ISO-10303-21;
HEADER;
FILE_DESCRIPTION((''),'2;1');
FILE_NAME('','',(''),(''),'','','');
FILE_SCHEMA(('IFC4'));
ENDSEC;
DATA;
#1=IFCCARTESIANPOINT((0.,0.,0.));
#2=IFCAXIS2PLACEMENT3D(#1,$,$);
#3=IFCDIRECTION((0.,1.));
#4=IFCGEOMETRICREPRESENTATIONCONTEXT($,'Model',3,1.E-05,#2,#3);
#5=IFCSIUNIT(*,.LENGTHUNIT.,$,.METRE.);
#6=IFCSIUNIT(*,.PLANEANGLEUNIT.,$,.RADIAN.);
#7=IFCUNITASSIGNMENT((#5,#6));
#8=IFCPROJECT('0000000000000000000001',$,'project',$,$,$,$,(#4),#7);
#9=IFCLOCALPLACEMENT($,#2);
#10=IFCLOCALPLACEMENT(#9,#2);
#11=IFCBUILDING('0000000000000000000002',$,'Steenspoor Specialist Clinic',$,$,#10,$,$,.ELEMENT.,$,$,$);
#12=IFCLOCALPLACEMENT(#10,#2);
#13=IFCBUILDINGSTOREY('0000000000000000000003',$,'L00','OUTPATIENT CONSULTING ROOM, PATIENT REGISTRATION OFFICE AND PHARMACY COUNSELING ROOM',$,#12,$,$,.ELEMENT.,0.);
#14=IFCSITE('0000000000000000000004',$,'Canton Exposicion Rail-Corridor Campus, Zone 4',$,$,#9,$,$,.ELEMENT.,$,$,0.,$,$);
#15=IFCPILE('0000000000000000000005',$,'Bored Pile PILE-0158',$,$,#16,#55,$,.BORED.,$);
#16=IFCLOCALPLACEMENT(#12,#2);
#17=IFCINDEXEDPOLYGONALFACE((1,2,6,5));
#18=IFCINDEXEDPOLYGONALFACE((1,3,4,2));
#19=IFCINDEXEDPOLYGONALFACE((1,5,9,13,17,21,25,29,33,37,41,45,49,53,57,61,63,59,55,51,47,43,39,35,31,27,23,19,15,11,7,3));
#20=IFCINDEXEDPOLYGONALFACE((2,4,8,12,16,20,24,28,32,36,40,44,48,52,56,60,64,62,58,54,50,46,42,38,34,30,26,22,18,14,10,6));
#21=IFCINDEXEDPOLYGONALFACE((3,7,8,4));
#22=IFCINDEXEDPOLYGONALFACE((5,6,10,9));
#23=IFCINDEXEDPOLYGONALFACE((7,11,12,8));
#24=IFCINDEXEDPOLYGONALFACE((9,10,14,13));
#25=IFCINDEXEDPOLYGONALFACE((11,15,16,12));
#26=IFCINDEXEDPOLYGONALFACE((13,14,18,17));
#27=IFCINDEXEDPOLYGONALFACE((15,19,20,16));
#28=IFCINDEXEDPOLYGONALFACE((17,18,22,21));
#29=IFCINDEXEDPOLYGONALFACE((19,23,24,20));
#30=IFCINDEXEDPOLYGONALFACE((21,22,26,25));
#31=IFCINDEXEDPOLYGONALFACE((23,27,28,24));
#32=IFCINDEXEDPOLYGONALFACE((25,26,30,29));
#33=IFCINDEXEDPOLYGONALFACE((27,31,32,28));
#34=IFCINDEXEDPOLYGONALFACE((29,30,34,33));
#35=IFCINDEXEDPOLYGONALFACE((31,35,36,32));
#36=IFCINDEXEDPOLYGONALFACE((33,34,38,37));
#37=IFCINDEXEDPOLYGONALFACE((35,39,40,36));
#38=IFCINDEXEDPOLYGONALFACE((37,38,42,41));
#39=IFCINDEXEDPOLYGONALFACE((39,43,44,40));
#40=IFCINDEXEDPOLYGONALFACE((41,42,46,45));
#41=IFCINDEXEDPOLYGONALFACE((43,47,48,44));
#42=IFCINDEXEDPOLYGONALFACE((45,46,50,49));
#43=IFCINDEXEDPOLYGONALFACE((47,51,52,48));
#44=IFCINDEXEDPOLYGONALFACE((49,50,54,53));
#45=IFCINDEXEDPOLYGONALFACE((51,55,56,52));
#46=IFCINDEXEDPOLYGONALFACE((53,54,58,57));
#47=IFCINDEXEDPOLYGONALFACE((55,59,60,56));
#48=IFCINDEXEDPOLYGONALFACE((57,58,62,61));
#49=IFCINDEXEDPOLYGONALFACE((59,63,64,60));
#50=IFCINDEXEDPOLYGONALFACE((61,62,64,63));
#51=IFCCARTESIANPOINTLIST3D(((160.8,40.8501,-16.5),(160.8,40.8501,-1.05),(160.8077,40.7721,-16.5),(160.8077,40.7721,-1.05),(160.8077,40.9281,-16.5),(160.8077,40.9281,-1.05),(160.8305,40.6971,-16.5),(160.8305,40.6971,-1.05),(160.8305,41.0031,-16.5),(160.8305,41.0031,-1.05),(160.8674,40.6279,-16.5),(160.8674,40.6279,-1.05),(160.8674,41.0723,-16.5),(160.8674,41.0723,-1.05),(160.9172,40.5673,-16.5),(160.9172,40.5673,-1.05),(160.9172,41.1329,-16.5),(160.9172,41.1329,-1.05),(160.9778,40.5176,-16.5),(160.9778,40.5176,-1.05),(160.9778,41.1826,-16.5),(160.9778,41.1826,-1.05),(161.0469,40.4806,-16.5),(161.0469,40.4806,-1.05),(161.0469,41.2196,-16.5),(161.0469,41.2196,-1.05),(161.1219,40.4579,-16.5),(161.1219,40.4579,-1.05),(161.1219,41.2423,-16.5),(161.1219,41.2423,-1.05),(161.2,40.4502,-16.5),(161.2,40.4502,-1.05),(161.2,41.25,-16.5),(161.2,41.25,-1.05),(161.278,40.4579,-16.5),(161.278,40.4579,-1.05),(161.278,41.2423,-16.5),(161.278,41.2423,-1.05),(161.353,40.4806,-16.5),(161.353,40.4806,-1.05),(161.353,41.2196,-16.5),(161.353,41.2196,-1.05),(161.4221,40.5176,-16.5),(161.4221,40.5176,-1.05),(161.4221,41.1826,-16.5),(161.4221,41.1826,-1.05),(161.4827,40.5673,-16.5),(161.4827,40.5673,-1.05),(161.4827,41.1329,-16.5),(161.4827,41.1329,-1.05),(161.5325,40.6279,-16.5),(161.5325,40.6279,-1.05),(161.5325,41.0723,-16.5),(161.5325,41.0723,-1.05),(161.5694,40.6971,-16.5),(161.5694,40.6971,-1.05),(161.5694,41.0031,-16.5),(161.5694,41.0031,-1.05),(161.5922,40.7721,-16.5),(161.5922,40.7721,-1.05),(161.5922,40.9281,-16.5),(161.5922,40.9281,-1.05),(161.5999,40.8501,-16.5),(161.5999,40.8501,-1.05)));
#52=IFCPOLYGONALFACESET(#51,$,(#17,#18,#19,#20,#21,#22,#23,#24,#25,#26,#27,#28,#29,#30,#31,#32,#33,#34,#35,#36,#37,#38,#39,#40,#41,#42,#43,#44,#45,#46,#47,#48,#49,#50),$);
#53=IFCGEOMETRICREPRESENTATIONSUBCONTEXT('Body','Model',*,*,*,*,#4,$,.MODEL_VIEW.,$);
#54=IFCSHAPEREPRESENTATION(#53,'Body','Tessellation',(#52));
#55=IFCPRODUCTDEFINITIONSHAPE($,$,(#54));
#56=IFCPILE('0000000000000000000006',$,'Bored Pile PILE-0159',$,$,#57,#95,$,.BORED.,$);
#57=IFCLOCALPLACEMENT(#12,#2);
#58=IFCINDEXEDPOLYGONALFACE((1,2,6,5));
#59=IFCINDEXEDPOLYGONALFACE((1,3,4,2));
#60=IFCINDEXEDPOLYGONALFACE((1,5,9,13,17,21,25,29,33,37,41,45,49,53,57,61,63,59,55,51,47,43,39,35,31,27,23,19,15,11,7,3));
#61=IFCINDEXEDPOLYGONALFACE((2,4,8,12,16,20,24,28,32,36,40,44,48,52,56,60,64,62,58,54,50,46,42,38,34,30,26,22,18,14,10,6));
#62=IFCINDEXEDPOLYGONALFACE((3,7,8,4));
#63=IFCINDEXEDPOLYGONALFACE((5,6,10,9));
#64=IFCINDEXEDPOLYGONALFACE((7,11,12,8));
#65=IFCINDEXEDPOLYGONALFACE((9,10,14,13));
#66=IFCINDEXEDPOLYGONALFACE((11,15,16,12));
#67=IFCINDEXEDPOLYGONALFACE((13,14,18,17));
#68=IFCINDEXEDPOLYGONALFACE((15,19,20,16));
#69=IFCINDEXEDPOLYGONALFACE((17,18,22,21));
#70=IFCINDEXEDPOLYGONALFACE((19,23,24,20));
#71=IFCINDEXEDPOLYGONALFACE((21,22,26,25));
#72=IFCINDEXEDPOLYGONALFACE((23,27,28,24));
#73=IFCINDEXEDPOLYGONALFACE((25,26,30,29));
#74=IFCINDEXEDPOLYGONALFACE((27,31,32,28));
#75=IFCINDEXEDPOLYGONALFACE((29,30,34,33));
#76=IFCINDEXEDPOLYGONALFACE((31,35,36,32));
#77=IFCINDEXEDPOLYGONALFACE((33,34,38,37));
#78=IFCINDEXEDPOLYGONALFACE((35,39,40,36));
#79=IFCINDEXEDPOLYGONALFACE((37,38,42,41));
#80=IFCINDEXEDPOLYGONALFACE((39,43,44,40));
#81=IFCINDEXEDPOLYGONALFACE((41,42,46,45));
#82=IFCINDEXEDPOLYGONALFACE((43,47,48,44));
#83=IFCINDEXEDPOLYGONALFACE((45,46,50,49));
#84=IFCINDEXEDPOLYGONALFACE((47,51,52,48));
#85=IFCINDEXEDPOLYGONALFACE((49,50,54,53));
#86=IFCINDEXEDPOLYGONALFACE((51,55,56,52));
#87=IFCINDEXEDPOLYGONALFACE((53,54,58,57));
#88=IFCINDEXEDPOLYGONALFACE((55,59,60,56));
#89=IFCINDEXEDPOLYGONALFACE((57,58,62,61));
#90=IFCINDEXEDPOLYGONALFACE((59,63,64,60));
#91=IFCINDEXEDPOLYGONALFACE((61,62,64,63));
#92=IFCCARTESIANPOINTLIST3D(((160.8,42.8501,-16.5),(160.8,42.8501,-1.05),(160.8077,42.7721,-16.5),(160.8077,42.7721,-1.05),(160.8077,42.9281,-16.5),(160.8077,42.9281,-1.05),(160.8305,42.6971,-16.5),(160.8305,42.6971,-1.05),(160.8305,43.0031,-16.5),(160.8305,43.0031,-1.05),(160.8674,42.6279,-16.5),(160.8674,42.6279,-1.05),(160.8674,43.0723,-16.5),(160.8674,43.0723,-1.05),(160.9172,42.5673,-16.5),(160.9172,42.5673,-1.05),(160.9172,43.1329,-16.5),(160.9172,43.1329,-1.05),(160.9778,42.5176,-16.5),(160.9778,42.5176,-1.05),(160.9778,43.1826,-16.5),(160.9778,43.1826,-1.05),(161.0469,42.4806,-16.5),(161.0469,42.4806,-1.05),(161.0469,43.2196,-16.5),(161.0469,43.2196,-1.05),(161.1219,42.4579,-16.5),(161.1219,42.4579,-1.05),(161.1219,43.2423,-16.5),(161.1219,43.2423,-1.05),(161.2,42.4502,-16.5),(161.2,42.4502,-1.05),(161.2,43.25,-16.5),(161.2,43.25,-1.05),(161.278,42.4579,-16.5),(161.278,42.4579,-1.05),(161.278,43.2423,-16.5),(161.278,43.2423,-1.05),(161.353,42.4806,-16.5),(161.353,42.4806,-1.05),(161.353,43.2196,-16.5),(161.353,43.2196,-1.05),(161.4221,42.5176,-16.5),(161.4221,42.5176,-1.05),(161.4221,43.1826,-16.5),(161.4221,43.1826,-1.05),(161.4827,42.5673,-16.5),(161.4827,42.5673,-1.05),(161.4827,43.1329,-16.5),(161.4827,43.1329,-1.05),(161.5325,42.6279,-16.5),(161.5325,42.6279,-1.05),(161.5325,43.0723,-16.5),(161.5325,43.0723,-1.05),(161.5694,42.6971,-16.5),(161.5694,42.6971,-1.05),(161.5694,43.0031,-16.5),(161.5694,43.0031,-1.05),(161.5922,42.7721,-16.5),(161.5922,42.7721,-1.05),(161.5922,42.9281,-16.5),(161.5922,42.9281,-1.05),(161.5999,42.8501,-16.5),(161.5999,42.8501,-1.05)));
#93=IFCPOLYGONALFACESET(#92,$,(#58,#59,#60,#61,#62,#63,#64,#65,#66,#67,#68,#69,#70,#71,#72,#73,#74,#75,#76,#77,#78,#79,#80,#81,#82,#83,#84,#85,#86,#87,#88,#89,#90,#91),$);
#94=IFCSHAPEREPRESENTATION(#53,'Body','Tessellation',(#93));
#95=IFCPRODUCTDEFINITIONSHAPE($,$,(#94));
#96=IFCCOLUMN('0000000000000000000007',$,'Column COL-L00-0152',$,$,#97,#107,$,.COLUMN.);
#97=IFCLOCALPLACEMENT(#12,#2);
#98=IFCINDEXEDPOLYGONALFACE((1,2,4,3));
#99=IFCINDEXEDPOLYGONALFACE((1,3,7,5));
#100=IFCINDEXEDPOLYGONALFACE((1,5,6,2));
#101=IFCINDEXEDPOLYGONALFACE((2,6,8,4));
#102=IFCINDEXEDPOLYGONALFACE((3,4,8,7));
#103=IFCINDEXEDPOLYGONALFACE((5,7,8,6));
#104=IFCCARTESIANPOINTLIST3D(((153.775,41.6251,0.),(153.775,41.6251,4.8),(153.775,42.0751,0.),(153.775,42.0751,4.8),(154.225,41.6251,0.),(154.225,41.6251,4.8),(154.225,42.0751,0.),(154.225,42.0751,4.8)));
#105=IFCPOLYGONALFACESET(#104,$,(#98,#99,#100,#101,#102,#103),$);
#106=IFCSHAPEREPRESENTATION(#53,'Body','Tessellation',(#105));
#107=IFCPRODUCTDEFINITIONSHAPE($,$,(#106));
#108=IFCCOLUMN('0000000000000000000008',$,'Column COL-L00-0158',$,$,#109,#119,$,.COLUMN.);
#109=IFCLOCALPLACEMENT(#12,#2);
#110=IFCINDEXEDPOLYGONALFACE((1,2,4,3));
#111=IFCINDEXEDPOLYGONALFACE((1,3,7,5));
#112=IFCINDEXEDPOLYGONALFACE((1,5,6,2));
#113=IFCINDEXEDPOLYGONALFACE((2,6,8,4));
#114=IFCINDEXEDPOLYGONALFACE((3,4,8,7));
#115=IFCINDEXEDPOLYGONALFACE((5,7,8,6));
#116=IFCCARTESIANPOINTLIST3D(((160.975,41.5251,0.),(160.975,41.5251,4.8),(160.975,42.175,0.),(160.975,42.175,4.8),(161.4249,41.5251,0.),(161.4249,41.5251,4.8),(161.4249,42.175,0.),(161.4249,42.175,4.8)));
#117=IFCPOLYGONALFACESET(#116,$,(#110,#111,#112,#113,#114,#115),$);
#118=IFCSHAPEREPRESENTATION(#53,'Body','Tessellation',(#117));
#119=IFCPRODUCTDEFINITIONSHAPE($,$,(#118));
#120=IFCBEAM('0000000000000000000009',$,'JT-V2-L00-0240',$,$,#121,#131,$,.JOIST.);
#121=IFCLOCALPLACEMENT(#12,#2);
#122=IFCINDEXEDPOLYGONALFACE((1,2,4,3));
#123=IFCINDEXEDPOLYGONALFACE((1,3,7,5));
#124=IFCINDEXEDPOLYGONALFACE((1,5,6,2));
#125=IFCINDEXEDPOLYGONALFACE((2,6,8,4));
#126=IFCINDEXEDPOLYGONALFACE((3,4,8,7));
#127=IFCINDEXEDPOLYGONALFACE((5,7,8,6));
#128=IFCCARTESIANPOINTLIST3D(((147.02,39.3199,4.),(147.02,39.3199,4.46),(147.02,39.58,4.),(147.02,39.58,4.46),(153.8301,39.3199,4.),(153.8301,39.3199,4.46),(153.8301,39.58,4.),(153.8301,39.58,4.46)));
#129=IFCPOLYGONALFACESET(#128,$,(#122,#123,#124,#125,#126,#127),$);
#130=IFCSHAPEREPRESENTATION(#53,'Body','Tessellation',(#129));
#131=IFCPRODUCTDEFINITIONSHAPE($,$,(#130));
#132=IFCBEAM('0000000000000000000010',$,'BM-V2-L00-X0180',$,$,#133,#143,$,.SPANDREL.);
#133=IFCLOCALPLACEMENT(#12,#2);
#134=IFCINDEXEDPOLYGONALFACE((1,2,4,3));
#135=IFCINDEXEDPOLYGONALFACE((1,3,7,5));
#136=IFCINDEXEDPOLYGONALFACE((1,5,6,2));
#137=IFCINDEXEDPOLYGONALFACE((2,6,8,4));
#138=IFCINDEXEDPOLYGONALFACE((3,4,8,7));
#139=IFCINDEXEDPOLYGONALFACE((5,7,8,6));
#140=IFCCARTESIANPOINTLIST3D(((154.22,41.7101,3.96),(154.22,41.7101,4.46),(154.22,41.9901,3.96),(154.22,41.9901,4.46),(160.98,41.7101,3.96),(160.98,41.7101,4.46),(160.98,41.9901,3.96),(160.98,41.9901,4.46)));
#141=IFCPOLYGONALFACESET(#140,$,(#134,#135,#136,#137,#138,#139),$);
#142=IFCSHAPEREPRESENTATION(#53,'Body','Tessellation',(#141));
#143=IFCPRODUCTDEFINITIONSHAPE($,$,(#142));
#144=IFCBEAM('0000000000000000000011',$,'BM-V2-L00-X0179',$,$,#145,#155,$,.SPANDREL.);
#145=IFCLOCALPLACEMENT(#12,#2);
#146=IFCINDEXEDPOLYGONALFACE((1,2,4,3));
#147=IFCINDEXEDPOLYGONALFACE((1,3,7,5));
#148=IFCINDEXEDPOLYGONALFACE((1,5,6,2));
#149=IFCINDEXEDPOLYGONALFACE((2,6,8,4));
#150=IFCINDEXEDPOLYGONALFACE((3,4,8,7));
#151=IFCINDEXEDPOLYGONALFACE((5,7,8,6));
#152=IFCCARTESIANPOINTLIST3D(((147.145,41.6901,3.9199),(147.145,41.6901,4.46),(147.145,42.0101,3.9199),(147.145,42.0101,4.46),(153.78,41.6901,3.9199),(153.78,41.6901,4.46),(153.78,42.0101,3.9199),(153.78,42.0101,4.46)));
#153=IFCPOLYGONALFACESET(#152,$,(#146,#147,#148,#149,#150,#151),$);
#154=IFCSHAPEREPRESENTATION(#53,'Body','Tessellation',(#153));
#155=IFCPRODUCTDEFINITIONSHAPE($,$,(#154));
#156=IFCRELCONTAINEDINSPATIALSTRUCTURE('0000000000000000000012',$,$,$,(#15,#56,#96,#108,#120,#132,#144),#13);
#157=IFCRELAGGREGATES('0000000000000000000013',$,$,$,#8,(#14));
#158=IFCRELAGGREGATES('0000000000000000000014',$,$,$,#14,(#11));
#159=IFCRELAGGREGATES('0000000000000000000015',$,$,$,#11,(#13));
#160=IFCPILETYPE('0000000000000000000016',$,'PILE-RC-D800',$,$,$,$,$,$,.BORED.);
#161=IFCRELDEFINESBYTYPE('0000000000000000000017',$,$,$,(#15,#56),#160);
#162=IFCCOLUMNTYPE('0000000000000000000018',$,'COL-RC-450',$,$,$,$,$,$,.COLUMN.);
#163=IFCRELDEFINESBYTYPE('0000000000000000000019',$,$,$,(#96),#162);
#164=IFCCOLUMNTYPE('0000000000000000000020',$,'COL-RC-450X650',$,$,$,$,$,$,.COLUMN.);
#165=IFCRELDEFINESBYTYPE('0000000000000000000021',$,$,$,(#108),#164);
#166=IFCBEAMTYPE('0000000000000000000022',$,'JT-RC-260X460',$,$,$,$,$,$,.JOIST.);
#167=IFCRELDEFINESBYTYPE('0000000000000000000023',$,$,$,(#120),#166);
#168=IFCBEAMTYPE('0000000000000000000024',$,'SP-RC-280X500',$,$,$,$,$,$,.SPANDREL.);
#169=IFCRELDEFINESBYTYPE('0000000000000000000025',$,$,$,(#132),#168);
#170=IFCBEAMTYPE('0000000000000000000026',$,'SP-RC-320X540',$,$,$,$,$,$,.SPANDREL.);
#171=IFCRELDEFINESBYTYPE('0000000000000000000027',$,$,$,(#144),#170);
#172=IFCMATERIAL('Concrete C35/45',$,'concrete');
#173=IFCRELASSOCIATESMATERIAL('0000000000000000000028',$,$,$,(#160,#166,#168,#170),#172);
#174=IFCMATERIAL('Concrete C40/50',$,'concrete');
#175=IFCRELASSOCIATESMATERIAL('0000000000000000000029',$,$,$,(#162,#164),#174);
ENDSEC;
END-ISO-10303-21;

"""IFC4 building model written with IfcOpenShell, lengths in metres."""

from ifc_helpers import new_model, si_unit, direction, frame, origin, origin_2d, place, context, subcontext, project, spatial, rectangle, circle, extrude, material, material_profile, profile_set, type_object, element, save


model = new_model("IFC4")

# Units and contexts
model_context = context("Model", 3, precision=1e-05, world=origin(), true_north=direction((0.0, 1.0)))
body_context = subcontext(model_context, "Body", "Model", "MODEL_VIEW")
ifc_project = project(units=[si_unit("LENGTHUNIT", "METRE"), si_unit("PLANEANGLEUNIT", "RADIAN")], contexts=[model_context])

# Site, building, storey
site_placement = place(None, origin())
site = spatial("IfcSite", under=ifc_project, at=site_placement, Name="Canton Exposicion Rail-Corridor Campus, Zone 4", CompositionType="ELEMENT", RefElevation=0.0)
building_placement = place(site_placement, origin())
building = spatial("IfcBuilding", under=site, at=building_placement, Name="Steenspoor Specialist Clinic", CompositionType="ELEMENT")
storey_placement = place(building_placement, origin())
storey = spatial("IfcBuildingStorey", under=building, at=storey_placement, Name="L00", Description="OUTPATIENT CONSULTING ROOM, PATIENT REGISTRATION OFFICE AND PHARMACY COUNSELING ROOM", CompositionType="ELEMENT", Elevation=0.0)

# Shared definitions
ifc_material_1 = material(Name="Concrete C35/45", Category="concrete")

# Piles
ifc_material_profile_1 = material_profile(ifc_material_1, circle(Radius=0.3999, at=origin_2d()), Name="PILE-D800")
ifc_profile_set_1 = profile_set([ifc_material_profile_1], Name="Concrete C35/45")
pile_type = type_object("IfcPileType", Name="PILE-RC-D800", PredefinedType="BORED", material=ifc_profile_set_1)
for number, where, z_axis, x_axis, name in (
    (1, (161.2, 40.8501, -1.05), (0.0, 0.0, -1.0), (1.0, 0.0, 0.0), "Bored Pile PILE-0158"),
    (2, (161.2, 42.8501, -1.05), (0.0, 0.0, -1.0), (1.0, 0.0, 0.0), "Bored Pile PILE-0159"),
):
    element("IfcPile", number, at=place(storey_placement, frame(where, z_axis=z_axis, x_axis=x_axis)), inside=storey, type_object=pile_type, Name=name, PredefinedType="BORED", context=body_context, shape_type="SweptSolid", body=[
        extrude(circle(Radius=0.3999, at=origin_2d()), origin(), (0.0, 0.0, 1.0), 15.45),
    ])

# Columns
ifc_material_2 = material(Name="Concrete C40/50", Category="concrete")
ifc_material_profile_2 = material_profile(ifc_material_2, rectangle(XDim=0.45, YDim=0.45, at=origin_2d()), Name="RC-COL-450X450")
ifc_profile_set_2 = profile_set([ifc_material_profile_2], Name="Concrete C40/50")
column_type_1 = type_object("IfcColumnType", Name="COL-RC-450", PredefinedType="COLUMN", material=ifc_profile_set_2)
column_1_placement = place(storey_placement, frame((154.0, 41.8501, 0.0), z_axis=(0.0, 0.0, 1.0), x_axis=(1.0, 0.0, 0.0)))
element("IfcColumn", 3, at=column_1_placement, inside=storey, type_object=column_type_1, Name="Column COL-L00-0152", PredefinedType="COLUMN", context=body_context, shape_type="SweptSolid", body=[
    extrude(rectangle(XDim=0.45, YDim=0.45, at=origin_2d()), origin(), (0.0, 0.0, 1.0), 4.8),
])
ifc_material_profile_3 = material_profile(ifc_material_2, rectangle(XDim=0.45, YDim=0.6499, at=origin_2d()), Name="RC-COL-450X650")
ifc_profile_set_3 = profile_set([ifc_material_profile_3], Name="Concrete C40/50")
column_type_2 = type_object("IfcColumnType", Name="COL-RC-450X650", PredefinedType="COLUMN", material=ifc_profile_set_3)
column_2_placement = place(storey_placement, frame((161.2, 41.8501, 0.0), z_axis=(0.0, 0.0, 1.0), x_axis=(1.0, 0.0, 0.0)))
element("IfcColumn", 4, at=column_2_placement, inside=storey, type_object=column_type_2, Name="Column COL-L00-0158", PredefinedType="COLUMN", context=body_context, shape_type="SweptSolid", body=[
    extrude(rectangle(XDim=0.45, YDim=0.6499, at=origin_2d()), origin(), (0.0, 0.0, 1.0), 4.8),
])

# Beams
ifc_material_profile_4 = material_profile(ifc_material_1, rectangle(XDim=0.26, YDim=0.46, at=origin_2d()), Name="RC-JT-260X460")
ifc_profile_set_4 = profile_set([ifc_material_profile_4], Name="Concrete C35/45")
beam_type_1 = type_object("IfcBeamType", Name="JT-RC-260X460", PredefinedType="JOIST", material=ifc_profile_set_4)
beam_1_placement = place(storey_placement, frame((147.02, 39.45, 4.23), z_axis=(1.0, 0.0, 0.0), x_axis=(0.0, 1.0, 0.0)))
element("IfcBeam", 5, at=beam_1_placement, inside=storey, type_object=beam_type_1, Name="JT-V2-L00-0240", PredefinedType="JOIST", context=body_context, shape_type="SweptSolid", body=[
    extrude(rectangle(XDim=0.26, YDim=0.46, at=origin_2d()), origin(), (0.0, 0.0, 1.0), 6.8101),
])
ifc_material_profile_5 = material_profile(ifc_material_1, rectangle(XDim=0.28, YDim=0.5, at=origin_2d()), Name="RC-SP-280X500")
ifc_profile_set_5 = profile_set([ifc_material_profile_5], Name="Concrete C35/45")
beam_type_2 = type_object("IfcBeamType", Name="SP-RC-280X500", PredefinedType="SPANDREL", material=ifc_profile_set_5)
beam_2_placement = place(storey_placement, frame((154.22, 41.8501, 4.21), z_axis=(1.0, 0.0, 0.0), x_axis=(0.0, 1.0, 0.0)))
element("IfcBeam", 6, at=beam_2_placement, inside=storey, type_object=beam_type_2, Name="BM-V2-L00-X0180", PredefinedType="SPANDREL", context=body_context, shape_type="SweptSolid", body=[
    extrude(rectangle(XDim=0.28, YDim=0.5, at=origin_2d()), origin(), (0.0, 0.0, 1.0), 6.76),
])
ifc_material_profile_6 = material_profile(ifc_material_1, rectangle(XDim=0.3201, YDim=0.54, at=origin_2d()), Name="RC-SP-320X540")
ifc_profile_set_6 = profile_set([ifc_material_profile_6], Name="Concrete C35/45")
beam_type_3 = type_object("IfcBeamType", Name="SP-RC-320X540", PredefinedType="SPANDREL", material=ifc_profile_set_6)
beam_3_placement = place(storey_placement, frame((147.145, 41.8501, 4.1899), z_axis=(1.0, 0.0, 0.0), x_axis=(0.0, 1.0, 0.0)))
element("IfcBeam", 7, at=beam_3_placement, inside=storey, type_object=beam_type_3, Name="BM-V2-L00-X0179", PredefinedType="SPANDREL", context=body_context, shape_type="SweptSolid", body=[
    extrude(rectangle(XDim=0.3201, YDim=0.54, at=origin_2d()), origin(), (0.0, 0.0, 1.0), 6.635),
])

save(model, "model.ifc")
